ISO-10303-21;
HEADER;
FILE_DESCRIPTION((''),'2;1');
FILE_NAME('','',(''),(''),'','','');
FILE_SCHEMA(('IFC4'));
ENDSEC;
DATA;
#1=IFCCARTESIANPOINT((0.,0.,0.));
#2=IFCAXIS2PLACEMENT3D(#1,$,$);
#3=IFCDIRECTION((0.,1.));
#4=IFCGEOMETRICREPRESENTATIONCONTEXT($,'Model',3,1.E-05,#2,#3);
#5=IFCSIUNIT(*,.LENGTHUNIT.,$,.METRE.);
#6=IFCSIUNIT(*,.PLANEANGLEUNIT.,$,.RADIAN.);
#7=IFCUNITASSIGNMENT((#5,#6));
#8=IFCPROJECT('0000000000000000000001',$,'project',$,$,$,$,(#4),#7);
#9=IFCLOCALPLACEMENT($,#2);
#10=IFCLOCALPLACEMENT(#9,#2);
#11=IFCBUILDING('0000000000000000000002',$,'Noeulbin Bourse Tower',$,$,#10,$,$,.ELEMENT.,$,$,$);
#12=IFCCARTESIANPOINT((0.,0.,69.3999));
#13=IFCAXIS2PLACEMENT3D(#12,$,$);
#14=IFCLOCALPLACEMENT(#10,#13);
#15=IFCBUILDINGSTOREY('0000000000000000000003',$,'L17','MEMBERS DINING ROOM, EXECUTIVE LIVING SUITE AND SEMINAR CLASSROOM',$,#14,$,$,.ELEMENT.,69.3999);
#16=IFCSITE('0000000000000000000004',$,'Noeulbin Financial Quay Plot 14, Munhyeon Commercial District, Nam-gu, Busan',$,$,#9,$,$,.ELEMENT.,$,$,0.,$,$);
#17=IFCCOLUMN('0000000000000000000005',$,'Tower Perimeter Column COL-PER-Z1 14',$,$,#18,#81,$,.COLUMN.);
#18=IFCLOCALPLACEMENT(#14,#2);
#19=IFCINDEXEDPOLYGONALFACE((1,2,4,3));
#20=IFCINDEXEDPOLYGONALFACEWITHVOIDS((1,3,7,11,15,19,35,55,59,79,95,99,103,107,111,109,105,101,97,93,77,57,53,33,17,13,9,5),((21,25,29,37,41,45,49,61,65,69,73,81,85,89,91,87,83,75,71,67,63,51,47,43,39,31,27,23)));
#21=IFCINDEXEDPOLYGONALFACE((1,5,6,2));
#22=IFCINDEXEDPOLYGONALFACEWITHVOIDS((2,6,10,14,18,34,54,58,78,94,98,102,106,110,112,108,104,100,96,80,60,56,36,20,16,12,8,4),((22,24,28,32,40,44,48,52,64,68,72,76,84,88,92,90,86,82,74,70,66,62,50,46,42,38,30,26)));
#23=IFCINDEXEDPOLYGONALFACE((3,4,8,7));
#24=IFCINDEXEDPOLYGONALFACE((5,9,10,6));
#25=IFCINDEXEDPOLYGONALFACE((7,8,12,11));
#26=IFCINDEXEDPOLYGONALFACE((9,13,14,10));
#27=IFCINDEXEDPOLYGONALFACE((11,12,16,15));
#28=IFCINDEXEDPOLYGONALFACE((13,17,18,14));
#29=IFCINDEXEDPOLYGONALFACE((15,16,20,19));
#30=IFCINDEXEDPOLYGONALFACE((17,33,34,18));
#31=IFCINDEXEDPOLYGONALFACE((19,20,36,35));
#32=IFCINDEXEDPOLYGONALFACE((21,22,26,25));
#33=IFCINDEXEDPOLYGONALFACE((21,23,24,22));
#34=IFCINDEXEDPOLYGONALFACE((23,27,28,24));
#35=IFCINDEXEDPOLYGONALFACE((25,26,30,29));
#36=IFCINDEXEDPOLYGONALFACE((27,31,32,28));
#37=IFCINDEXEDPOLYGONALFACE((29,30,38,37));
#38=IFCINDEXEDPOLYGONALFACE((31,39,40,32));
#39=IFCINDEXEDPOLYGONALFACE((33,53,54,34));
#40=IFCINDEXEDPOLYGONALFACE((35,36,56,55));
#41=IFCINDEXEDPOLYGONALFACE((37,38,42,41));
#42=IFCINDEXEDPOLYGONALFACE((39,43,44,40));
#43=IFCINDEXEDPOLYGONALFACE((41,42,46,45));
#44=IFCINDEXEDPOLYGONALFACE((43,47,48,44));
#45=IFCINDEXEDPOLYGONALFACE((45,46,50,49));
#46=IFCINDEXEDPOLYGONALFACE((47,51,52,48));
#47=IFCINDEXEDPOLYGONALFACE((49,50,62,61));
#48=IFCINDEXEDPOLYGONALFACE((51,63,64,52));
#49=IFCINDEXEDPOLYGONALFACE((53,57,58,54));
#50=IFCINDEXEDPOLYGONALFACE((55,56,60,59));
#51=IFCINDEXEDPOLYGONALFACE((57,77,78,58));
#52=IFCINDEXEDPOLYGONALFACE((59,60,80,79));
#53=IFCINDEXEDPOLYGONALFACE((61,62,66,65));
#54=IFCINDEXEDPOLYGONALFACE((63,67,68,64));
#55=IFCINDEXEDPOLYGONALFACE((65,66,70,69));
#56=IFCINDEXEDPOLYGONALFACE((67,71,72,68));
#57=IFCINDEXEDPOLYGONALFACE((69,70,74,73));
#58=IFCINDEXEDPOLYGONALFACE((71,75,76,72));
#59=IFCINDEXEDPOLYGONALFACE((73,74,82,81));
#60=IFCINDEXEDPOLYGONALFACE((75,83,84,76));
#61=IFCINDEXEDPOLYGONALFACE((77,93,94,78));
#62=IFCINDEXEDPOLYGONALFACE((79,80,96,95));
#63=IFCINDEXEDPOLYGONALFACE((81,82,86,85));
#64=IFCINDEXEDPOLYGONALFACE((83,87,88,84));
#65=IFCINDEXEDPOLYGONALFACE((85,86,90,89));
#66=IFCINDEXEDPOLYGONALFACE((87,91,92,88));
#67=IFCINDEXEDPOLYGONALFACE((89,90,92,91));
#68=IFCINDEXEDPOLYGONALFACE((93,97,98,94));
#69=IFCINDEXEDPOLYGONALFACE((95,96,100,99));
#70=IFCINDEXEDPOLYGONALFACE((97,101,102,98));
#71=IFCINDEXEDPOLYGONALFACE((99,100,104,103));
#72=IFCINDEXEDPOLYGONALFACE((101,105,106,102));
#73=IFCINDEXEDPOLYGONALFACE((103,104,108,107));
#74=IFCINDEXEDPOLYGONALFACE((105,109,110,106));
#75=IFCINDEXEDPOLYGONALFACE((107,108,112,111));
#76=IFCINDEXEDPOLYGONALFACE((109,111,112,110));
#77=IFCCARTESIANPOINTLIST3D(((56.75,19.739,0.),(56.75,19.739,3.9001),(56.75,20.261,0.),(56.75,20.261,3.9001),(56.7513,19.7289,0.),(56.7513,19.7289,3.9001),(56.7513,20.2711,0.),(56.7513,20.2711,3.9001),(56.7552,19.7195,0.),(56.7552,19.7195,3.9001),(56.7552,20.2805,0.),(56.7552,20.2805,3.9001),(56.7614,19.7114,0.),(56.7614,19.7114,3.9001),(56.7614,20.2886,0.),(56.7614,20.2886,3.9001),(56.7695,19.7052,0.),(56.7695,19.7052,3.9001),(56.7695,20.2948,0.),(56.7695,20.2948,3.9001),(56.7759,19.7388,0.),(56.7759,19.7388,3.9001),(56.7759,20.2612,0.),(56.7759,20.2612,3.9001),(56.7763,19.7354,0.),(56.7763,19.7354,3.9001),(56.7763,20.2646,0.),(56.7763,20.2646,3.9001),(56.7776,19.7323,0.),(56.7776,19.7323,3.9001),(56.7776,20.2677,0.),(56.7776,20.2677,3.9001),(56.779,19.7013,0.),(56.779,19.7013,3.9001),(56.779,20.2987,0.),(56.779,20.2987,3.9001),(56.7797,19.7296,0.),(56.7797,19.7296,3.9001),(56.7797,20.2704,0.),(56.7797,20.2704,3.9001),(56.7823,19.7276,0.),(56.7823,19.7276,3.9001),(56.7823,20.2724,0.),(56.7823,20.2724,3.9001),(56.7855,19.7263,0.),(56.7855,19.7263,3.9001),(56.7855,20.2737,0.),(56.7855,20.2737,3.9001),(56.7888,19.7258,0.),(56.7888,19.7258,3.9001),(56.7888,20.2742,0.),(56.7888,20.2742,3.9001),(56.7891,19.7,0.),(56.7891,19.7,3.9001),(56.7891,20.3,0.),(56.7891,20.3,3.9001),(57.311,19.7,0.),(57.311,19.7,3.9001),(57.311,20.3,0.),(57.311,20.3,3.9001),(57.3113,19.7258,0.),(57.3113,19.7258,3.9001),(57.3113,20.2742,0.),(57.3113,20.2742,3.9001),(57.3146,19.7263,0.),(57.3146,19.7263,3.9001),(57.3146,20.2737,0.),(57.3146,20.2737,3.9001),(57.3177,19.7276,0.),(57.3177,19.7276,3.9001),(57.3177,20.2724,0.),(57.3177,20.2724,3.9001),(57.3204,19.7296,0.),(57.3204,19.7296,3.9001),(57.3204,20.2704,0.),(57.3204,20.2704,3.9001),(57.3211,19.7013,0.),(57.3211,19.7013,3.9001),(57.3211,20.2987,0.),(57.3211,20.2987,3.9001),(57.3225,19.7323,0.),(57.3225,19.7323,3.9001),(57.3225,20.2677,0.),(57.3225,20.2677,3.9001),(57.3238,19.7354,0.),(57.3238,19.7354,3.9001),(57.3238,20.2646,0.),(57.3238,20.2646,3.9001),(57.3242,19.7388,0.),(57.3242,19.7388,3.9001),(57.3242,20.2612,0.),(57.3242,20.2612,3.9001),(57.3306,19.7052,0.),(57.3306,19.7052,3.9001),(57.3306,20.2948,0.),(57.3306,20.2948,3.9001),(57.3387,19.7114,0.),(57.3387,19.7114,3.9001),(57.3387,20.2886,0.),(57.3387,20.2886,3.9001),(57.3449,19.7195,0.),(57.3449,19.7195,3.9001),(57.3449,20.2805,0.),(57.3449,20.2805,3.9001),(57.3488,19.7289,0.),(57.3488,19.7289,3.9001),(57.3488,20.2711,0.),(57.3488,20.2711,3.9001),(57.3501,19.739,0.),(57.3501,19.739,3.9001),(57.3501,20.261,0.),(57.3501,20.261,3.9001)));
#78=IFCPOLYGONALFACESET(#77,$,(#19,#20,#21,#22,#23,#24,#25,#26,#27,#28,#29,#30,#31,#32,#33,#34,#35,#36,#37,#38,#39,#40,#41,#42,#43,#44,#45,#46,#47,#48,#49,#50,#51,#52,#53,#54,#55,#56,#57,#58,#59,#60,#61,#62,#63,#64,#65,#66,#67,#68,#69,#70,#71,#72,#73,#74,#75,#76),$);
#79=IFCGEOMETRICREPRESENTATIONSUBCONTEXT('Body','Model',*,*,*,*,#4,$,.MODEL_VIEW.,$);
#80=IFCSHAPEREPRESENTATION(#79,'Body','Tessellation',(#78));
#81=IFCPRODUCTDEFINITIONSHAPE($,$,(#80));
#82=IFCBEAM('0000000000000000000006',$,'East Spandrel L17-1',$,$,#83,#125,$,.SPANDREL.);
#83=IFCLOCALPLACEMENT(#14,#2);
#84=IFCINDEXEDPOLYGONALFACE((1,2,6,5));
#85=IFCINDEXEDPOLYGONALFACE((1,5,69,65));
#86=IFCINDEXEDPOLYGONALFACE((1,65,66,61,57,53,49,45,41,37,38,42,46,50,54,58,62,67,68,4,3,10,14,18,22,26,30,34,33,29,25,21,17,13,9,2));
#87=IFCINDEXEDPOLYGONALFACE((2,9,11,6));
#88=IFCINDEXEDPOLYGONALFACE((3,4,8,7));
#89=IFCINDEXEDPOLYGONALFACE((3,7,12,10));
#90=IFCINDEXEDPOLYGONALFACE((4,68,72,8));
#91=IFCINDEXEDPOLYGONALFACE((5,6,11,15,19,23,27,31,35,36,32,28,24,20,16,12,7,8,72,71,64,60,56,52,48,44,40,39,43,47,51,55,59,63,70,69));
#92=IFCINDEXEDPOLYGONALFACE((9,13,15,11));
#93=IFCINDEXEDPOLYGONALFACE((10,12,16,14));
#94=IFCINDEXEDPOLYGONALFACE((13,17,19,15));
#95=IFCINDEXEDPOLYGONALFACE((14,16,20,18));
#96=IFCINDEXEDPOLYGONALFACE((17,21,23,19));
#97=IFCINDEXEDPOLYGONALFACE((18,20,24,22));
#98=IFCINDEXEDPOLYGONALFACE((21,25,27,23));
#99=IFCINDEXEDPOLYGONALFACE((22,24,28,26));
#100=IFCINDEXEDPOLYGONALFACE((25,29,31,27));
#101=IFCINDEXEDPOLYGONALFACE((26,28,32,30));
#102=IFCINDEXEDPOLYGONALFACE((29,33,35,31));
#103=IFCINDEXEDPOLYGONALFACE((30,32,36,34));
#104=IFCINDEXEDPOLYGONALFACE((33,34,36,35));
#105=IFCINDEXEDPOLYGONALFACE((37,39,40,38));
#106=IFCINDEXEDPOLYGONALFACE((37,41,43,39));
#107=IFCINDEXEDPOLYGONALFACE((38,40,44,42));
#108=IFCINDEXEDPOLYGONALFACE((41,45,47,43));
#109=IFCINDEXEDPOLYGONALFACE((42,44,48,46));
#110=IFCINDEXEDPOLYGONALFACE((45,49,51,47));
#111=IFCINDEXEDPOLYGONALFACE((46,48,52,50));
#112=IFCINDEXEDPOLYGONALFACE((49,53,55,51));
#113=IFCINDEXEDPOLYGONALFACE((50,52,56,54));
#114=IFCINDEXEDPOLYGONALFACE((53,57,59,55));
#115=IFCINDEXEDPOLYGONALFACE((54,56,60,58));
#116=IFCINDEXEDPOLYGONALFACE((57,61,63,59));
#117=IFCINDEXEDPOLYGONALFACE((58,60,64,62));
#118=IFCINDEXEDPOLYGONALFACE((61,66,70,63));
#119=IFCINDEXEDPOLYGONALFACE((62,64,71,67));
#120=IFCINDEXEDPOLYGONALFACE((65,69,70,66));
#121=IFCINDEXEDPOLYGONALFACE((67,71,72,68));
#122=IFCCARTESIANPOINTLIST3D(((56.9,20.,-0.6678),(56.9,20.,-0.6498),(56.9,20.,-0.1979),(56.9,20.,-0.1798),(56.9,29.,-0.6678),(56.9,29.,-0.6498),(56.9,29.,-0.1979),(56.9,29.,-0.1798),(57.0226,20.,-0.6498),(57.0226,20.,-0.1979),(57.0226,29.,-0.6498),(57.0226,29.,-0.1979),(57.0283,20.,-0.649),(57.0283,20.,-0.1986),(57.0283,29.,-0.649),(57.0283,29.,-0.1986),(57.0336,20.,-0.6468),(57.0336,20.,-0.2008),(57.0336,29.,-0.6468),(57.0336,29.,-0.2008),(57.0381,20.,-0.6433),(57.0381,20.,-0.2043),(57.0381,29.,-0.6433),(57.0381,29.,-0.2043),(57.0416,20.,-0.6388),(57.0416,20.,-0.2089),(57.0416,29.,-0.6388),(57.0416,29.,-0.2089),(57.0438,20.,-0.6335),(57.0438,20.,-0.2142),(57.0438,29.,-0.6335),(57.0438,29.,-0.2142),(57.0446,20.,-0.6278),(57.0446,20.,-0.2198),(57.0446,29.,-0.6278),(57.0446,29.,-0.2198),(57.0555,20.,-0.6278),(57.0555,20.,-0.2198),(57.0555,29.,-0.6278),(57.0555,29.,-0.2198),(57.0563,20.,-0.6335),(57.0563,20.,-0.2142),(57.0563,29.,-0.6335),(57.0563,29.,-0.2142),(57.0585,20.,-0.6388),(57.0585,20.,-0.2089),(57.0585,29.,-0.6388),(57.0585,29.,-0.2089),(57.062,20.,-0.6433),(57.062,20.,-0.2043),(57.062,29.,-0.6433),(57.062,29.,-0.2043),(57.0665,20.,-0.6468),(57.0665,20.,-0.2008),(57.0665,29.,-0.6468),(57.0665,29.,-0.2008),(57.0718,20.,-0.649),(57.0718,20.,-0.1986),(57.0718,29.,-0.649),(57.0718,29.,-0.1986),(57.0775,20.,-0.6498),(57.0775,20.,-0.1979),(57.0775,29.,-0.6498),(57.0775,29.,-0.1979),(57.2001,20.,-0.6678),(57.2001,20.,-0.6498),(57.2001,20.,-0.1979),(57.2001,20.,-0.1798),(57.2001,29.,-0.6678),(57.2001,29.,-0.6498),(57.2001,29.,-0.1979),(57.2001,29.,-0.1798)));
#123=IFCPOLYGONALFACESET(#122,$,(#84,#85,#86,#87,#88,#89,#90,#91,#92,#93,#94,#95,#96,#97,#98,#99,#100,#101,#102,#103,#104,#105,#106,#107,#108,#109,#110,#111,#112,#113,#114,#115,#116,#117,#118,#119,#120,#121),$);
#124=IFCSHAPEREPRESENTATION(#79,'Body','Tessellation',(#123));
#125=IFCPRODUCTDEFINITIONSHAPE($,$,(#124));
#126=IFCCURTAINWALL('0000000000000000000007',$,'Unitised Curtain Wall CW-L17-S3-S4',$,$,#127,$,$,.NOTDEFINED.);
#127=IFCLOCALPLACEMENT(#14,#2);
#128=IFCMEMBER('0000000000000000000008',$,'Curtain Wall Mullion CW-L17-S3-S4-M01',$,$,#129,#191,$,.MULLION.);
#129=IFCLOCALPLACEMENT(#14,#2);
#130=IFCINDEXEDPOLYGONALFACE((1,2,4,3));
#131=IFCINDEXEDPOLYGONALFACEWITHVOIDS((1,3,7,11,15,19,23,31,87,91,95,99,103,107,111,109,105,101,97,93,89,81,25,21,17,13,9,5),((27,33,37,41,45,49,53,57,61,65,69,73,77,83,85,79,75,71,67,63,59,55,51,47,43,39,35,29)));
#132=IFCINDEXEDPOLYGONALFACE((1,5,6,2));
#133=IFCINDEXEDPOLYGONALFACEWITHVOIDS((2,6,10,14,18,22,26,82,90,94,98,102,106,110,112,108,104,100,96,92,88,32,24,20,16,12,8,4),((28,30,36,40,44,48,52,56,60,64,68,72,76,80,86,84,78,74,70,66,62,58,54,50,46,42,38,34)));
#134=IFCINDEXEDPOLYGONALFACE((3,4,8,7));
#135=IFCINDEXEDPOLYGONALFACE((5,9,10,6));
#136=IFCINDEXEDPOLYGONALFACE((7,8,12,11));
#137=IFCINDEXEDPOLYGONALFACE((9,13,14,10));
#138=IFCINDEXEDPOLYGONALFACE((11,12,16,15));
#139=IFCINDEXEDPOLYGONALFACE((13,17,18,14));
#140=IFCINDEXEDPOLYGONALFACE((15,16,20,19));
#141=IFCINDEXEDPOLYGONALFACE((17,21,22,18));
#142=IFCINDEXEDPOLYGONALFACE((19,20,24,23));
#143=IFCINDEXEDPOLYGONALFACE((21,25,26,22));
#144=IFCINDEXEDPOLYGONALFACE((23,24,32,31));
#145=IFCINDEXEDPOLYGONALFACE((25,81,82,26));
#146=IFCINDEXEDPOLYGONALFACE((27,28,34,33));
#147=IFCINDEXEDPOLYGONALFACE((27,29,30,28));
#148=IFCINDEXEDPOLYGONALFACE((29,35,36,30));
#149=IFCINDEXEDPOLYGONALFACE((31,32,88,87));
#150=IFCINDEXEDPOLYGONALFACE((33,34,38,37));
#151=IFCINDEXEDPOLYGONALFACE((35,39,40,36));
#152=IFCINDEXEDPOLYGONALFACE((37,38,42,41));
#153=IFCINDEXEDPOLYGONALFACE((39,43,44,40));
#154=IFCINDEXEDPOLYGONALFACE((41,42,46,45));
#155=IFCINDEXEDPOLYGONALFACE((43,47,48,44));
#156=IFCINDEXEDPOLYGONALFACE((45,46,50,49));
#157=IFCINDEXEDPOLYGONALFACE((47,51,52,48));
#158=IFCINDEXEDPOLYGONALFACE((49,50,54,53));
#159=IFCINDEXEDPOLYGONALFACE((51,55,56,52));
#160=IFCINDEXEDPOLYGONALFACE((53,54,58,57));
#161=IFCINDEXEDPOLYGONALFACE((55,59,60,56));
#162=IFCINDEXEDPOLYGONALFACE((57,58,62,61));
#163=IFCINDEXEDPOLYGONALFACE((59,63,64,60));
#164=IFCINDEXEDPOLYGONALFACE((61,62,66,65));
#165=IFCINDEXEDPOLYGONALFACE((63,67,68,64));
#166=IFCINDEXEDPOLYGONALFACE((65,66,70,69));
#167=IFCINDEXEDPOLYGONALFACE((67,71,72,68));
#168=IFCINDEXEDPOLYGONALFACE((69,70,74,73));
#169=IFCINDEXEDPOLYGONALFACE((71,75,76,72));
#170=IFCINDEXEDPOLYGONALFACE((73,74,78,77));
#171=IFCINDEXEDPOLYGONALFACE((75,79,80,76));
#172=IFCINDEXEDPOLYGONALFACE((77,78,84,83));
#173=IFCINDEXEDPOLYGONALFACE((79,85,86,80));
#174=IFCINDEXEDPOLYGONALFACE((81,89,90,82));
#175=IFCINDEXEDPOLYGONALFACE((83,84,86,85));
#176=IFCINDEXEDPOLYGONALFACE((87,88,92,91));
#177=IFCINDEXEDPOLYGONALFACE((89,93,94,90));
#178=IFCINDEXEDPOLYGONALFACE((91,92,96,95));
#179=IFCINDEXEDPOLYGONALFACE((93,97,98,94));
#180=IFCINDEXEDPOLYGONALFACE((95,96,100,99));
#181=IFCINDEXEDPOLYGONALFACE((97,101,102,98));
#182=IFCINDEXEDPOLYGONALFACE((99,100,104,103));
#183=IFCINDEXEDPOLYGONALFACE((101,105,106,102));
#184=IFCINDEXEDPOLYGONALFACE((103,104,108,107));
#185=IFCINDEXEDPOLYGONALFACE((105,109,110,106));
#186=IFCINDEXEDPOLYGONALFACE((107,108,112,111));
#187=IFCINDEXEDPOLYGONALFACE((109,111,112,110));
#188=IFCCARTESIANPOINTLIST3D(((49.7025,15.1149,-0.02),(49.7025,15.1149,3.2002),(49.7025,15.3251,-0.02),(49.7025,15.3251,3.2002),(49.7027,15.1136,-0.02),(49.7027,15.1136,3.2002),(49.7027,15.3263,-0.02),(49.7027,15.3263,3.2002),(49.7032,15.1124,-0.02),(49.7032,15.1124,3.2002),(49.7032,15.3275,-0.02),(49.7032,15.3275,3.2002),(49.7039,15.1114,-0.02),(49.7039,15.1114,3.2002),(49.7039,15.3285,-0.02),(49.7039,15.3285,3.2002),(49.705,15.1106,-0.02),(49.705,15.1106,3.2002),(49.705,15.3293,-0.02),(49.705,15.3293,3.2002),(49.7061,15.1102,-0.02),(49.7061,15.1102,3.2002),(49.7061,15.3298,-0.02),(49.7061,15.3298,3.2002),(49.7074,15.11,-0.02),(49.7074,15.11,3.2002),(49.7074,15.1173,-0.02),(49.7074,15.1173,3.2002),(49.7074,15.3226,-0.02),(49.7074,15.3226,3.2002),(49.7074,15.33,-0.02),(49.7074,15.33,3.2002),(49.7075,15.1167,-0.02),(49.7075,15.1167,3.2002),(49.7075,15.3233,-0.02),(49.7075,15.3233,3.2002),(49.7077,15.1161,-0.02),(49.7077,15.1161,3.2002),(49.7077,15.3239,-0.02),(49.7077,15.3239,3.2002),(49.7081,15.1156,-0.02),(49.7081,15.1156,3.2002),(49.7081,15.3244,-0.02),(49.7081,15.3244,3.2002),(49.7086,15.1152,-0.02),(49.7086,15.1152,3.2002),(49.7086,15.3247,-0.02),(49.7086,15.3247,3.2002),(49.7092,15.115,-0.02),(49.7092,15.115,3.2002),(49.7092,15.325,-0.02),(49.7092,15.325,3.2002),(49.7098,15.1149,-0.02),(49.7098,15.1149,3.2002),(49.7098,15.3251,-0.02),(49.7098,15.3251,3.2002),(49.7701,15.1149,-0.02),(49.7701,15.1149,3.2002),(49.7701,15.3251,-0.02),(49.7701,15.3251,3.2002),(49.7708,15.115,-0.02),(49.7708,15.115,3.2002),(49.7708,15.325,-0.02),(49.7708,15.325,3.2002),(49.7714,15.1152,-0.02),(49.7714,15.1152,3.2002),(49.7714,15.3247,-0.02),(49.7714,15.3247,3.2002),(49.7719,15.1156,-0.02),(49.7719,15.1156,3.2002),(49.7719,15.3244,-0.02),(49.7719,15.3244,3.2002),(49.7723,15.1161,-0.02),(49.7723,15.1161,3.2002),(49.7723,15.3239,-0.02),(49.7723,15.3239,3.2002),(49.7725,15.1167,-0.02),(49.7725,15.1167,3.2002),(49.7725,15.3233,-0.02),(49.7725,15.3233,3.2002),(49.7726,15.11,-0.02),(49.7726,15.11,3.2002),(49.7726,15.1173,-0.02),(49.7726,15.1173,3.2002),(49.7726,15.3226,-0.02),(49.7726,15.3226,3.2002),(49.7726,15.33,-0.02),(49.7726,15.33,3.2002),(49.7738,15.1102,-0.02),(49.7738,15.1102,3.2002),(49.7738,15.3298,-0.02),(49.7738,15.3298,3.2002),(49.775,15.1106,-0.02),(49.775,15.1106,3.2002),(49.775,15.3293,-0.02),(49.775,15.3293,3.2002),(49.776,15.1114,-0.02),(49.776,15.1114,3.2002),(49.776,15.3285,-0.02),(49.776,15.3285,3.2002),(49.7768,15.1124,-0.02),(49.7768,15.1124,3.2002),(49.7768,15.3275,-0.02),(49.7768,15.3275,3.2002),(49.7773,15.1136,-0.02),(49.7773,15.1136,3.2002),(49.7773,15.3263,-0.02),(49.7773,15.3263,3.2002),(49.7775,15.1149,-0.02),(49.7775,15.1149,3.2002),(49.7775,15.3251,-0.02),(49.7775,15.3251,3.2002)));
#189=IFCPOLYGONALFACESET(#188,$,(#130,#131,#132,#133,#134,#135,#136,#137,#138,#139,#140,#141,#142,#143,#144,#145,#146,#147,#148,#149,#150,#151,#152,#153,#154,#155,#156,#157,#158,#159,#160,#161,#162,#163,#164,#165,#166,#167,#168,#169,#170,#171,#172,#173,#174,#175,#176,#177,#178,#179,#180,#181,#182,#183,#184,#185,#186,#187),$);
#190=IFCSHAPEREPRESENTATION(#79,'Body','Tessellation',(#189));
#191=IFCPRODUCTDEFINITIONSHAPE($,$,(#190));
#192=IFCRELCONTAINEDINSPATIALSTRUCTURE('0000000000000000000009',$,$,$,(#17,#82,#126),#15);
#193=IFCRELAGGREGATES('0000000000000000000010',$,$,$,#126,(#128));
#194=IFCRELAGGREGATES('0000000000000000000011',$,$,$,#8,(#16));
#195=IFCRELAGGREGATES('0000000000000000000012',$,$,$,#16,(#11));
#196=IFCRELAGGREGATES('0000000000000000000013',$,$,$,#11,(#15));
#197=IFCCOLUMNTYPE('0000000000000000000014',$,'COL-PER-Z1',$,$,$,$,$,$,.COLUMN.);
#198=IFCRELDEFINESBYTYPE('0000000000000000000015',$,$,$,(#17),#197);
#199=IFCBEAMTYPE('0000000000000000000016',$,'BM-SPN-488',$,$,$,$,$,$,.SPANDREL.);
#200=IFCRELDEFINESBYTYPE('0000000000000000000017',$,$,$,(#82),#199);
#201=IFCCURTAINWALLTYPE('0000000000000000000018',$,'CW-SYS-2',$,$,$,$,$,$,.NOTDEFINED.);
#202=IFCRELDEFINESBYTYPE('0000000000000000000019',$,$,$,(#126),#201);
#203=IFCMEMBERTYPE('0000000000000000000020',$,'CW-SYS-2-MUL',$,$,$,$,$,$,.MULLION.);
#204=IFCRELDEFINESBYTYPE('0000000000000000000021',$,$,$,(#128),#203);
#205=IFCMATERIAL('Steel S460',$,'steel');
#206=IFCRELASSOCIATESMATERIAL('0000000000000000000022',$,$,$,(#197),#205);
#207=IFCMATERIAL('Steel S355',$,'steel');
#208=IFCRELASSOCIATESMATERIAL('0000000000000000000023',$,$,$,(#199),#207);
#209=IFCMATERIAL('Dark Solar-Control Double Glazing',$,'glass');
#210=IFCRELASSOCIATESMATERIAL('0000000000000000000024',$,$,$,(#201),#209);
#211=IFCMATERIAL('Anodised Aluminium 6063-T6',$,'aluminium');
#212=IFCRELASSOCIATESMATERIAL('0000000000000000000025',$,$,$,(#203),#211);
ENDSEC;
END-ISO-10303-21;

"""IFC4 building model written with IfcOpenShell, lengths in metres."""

from ifc_helpers import new_model, si_unit, direction, frame, origin, origin_2d, place, context, subcontext, project, spatial, hollow_rectangle, i_section, extrude, material, material_profile, profile_set, type_object, element, aggregate, save


model = new_model("IFC4")

# Units and contexts
model_context = context("Model", 3, precision=1e-05, world=origin(), true_north=direction((0.0, 1.0)))
body_context = subcontext(model_context, "Body", "Model", "MODEL_VIEW")
ifc_project = project(units=[si_unit("LENGTHUNIT", "METRE"), si_unit("PLANEANGLEUNIT", "RADIAN")], contexts=[model_context])

# Site, building, storey
site_placement = place(None, origin())
site = spatial("IfcSite", under=ifc_project, at=site_placement, Name="Noeulbin Financial Quay Plot 14, Munhyeon Commercial District, Nam-gu, Busan", CompositionType="ELEMENT", RefElevation=0.0)
building_placement = place(site_placement, origin())
building = spatial("IfcBuilding", under=site, at=building_placement, Name="Noeulbin Bourse Tower", CompositionType="ELEMENT")
storey_placement = place(building_placement, frame((0.0, 0.0, 69.3999)))
storey = spatial("IfcBuildingStorey", under=building, at=storey_placement, Name="L17", Description="MEMBERS DINING ROOM, EXECUTIVE LIVING SUITE AND SEMINAR CLASSROOM", CompositionType="ELEMENT", Elevation=69.3999)

# Column
ifc_material_1 = material(Name="Steel S460", Category="steel")
ifc_material_profile_1 = material_profile(ifc_material_1, hollow_rectangle(XDim=0.6001, YDim=0.6001, WallThickness=0.0259, InnerFilletRadius=0.0129, OuterFilletRadius=0.0391, at=origin_2d()), Name="BOX-600x600x26", Category="LoadBearing")
ifc_profile_set_1 = profile_set([ifc_material_profile_1], Name="Steel S460")
column_type = type_object("IfcColumnType", Name="COL-PER-Z1", PredefinedType="COLUMN", material=ifc_profile_set_1)
column_placement = place(storey_placement, frame((57.05, 20.0, 0.0), z_axis=(0.0, 0.0, 1.0), x_axis=(1.0, 0.0, 0.0)))
element("IfcColumn", 1, at=column_placement, inside=storey, type_object=column_type, Name="Tower Perimeter Column COL-PER-Z1 14", PredefinedType="COLUMN", context=body_context, shape_type="SweptSolid", body=[
    extrude(hollow_rectangle(XDim=0.6001, YDim=0.6001, WallThickness=0.0259, InnerFilletRadius=0.0129, OuterFilletRadius=0.0391, at=origin_2d()), origin(), (0.0, 0.0, 1.0), 3.9001),
])

# Beam
ifc_material_2 = material(Name="Steel S355", Category="steel")
ifc_material_profile_2 = material_profile(ifc_material_2, i_section(OverallWidth=0.3, OverallDepth=0.488, WebThickness=0.011, FlangeThickness=0.0181, FilletRadius=0.022, at=origin_2d()), Name="H-488x300x11x18", Category="LoadBearing")
ifc_profile_set_2 = profile_set([ifc_material_profile_2], Name="Steel S355")
beam_type = type_object("IfcBeamType", Name="BM-SPN-488", PredefinedType="SPANDREL", material=ifc_profile_set_2)
beam_placement = place(storey_placement, frame((57.05, 20.0, -0.4238), z_axis=(0.0, 1.0, 0.0), x_axis=(-1.0, 0.0, 0.0)))
element("IfcBeam", 2, at=beam_placement, inside=storey, type_object=beam_type, Name="East Spandrel L17-1", PredefinedType="SPANDREL", context=body_context, shape_type="SweptSolid", body=[
    extrude(i_section(OverallWidth=0.3, OverallDepth=0.488, WebThickness=0.011, FlangeThickness=0.0181, FilletRadius=0.022, at=origin_2d()), origin(), (0.0, 0.0, 1.0), 9.0),
])

# Curtain wall, member
ifc_material_3 = material(Name="Dark Solar-Control Double Glazing", Category="glass")
curtain_wall_type = type_object("IfcCurtainWallType", Name="CW-SYS-2", PredefinedType="NOTDEFINED", material=ifc_material_3)
curtain_wall_1_placement = place(storey_placement, origin())
curtain_wall_1 = element("IfcCurtainWall", 3, at=curtain_wall_1_placement, inside=storey, type_object=curtain_wall_type, Name="Unitised Curtain Wall CW-L17-S3-S4", PredefinedType="NOTDEFINED")
ifc_material_4 = material(Name="Anodised Aluminium 6063-T6", Category="aluminium")
ifc_material_profile_3 = material_profile(ifc_material_4, hollow_rectangle(XDim=0.075, YDim=0.22, WallThickness=0.0049, InnerFilletRadius=0.0024, OuterFilletRadius=0.0049, at=origin_2d()), Name="ALU-MULL-75x220x5", Category="LoadBearing")
ifc_profile_set_3 = profile_set([ifc_material_profile_3], Name="Anodised Aluminium 6063-T6")
member_type_1 = type_object("IfcMemberType", Name="CW-SYS-2-MUL", PredefinedType="MULLION", material=ifc_profile_set_3)
member_1_placement = place(storey_placement, frame((49.74, 15.22, -0.02), z_axis=(0.0, 0.0, 1.0), x_axis=(1.0, 0.0, 0.0)))
member_1 = element("IfcMember", 4, at=member_1_placement, type_object=member_type_1, Name="Curtain Wall Mullion CW-L17-S3-S4-M01", PredefinedType="MULLION", context=body_context, shape_type="SweptSolid", body=[
    extrude(hollow_rectangle(XDim=0.075, YDim=0.22, WallThickness=0.0049, InnerFilletRadius=0.0024, OuterFilletRadius=0.0049, at=origin_2d()), origin(), (0.0, 0.0, 1.0), 3.2202),
])

aggregate(curtain_wall_1, [member_1])

save(model, "model.ifc")
